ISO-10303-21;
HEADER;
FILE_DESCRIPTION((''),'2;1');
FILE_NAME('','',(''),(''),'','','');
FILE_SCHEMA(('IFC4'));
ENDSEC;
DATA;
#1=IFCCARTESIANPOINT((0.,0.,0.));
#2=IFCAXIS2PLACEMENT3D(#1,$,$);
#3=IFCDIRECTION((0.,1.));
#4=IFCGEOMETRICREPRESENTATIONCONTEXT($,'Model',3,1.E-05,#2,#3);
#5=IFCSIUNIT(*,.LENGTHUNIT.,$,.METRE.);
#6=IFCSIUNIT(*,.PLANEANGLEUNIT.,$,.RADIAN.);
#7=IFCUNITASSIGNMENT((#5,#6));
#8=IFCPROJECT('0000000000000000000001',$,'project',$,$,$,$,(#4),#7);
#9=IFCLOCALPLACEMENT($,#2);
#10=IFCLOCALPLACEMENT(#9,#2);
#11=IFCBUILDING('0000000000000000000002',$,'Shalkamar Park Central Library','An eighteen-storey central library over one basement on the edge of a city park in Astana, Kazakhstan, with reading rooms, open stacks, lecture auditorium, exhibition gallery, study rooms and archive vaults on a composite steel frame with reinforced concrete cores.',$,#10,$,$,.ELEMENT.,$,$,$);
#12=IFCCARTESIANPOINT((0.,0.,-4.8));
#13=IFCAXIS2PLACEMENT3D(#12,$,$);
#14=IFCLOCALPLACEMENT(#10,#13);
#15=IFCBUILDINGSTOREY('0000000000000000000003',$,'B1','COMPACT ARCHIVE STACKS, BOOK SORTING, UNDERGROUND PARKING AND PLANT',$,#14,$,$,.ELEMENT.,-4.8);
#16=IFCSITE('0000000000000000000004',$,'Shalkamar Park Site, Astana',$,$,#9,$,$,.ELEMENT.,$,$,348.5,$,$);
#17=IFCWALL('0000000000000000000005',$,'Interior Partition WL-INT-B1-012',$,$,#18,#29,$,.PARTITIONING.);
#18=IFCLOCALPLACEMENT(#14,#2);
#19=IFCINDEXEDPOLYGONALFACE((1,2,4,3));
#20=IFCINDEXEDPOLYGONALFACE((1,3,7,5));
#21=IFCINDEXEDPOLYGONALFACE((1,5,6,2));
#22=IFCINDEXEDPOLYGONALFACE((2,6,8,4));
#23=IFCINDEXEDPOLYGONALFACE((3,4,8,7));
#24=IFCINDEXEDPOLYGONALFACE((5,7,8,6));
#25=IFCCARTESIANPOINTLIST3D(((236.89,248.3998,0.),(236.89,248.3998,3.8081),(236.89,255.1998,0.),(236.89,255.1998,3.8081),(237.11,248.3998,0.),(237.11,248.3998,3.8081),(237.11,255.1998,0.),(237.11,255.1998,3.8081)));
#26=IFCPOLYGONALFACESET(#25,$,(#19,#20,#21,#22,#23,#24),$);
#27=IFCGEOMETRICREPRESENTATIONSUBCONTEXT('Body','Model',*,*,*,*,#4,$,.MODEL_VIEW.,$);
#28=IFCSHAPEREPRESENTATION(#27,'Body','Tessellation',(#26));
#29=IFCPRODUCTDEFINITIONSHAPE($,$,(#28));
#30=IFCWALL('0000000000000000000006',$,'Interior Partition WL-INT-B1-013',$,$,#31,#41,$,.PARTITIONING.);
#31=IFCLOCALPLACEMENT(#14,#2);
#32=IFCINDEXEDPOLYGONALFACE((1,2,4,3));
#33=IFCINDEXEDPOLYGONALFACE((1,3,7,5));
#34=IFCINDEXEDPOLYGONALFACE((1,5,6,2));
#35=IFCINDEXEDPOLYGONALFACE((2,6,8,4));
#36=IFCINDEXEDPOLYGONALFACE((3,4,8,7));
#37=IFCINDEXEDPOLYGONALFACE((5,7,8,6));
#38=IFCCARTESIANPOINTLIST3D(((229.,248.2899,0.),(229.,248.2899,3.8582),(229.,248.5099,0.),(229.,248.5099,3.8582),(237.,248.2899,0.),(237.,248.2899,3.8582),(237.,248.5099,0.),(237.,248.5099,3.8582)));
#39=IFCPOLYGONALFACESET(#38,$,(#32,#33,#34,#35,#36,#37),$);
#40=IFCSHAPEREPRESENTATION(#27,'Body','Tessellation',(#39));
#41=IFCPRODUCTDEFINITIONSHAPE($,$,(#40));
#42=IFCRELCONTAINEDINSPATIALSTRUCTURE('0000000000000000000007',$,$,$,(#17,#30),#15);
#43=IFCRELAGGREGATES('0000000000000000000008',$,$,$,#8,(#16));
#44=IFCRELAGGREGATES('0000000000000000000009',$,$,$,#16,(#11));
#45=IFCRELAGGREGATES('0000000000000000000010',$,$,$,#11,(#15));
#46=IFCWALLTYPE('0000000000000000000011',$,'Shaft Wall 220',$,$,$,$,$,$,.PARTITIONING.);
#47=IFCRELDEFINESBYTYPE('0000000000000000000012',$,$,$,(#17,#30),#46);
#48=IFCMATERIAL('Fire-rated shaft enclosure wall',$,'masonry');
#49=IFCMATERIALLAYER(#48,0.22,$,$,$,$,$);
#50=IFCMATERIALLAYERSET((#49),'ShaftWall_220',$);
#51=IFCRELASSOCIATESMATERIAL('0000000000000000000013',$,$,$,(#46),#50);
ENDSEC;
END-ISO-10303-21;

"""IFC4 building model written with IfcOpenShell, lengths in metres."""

from ifc_helpers import new_model, si_unit, direction, frame, frame_2d, origin, place, context, subcontext, project, spatial, rectangle, extrude, material, layer, layer_set, type_object, element, save


model = new_model("IFC4")

# Units and contexts
model_context = context("Model", 3, precision=1e-05, world=origin(), true_north=direction((0.0, 1.0)))
body_context = subcontext(model_context, "Body", "Model", "MODEL_VIEW")
ifc_project = project(units=[si_unit("LENGTHUNIT", "METRE"), si_unit("PLANEANGLEUNIT", "RADIAN")], contexts=[model_context])

# Site, building, storey
site_placement = place(None, origin())
site = spatial("IfcSite", under=ifc_project, at=site_placement, Name="Shalkamar Park Site, Astana", CompositionType="ELEMENT", RefElevation=348.5)
building_placement = place(site_placement, origin())
building = spatial("IfcBuilding", under=site, at=building_placement, Name="Shalkamar Park Central Library", Description="An eighteen-storey central library over one basement on the edge of a city park in Astana, Kazakhstan, with reading rooms, open stacks, lecture auditorium, exhibition gallery, study rooms and archive vaults on a composite steel frame with reinforced concrete cores.", CompositionType="ELEMENT")
storey_placement = place(building_placement, frame((0.0, 0.0, -4.8)))
storey = spatial("IfcBuildingStorey", under=building, at=storey_placement, Name="B1", Description="COMPACT ARCHIVE STACKS, BOOK SORTING, UNDERGROUND PARKING AND PLANT", CompositionType="ELEMENT", Elevation=-4.8)

# Walls
ifc_material_1 = material(Name="Fire-rated shaft enclosure wall", Category="masonry")
ifc_layer_1 = layer(ifc_material_1, 0.22)
ifc_layer_set_1 = layer_set([ifc_layer_1], Name="ShaftWall_220")
wall_type_1 = type_object("IfcWallType", Name="Shaft Wall 220", PredefinedType="PARTITIONING", material=ifc_layer_set_1)
for number, where, z_axis, x_axis, name in (
    (1, (237.0, 248.3999, 0.0), (0.0, 0.0, 1.0), (0.0, 1.0, 0.0), "Interior Partition WL-INT-B1-012"),
):
    element("IfcWall", number, at=place(storey_placement, frame(where, z_axis=z_axis, x_axis=x_axis)), inside=storey, type_object=wall_type_1, Name=name, PredefinedType="PARTITIONING", context=body_context, shape_type="SweptSolid", body=[
        extrude(rectangle(XDim=6.8, YDim=0.22, at=frame_2d((3.3999, 0.0))), origin(), (0.0, 0.0, 1.0), 3.8081),
    ])
wall_1_placement = place(storey_placement, frame((229.0, 248.3999, 0.0), z_axis=(0.0, 0.0, 1.0), x_axis=(1.0, 0.0, 0.0)))
element("IfcWall", 2, at=wall_1_placement, inside=storey, type_object=wall_type_1, Name="Interior Partition WL-INT-B1-013", PredefinedType="PARTITIONING", context=body_context, shape_type="SweptSolid", body=[
    extrude(rectangle(XDim=8.0, YDim=0.22, at=frame_2d((4.0, 0.0))), origin(), (0.0, 0.0, 1.0), 3.8582),
])

save(model, "model.ifc")
